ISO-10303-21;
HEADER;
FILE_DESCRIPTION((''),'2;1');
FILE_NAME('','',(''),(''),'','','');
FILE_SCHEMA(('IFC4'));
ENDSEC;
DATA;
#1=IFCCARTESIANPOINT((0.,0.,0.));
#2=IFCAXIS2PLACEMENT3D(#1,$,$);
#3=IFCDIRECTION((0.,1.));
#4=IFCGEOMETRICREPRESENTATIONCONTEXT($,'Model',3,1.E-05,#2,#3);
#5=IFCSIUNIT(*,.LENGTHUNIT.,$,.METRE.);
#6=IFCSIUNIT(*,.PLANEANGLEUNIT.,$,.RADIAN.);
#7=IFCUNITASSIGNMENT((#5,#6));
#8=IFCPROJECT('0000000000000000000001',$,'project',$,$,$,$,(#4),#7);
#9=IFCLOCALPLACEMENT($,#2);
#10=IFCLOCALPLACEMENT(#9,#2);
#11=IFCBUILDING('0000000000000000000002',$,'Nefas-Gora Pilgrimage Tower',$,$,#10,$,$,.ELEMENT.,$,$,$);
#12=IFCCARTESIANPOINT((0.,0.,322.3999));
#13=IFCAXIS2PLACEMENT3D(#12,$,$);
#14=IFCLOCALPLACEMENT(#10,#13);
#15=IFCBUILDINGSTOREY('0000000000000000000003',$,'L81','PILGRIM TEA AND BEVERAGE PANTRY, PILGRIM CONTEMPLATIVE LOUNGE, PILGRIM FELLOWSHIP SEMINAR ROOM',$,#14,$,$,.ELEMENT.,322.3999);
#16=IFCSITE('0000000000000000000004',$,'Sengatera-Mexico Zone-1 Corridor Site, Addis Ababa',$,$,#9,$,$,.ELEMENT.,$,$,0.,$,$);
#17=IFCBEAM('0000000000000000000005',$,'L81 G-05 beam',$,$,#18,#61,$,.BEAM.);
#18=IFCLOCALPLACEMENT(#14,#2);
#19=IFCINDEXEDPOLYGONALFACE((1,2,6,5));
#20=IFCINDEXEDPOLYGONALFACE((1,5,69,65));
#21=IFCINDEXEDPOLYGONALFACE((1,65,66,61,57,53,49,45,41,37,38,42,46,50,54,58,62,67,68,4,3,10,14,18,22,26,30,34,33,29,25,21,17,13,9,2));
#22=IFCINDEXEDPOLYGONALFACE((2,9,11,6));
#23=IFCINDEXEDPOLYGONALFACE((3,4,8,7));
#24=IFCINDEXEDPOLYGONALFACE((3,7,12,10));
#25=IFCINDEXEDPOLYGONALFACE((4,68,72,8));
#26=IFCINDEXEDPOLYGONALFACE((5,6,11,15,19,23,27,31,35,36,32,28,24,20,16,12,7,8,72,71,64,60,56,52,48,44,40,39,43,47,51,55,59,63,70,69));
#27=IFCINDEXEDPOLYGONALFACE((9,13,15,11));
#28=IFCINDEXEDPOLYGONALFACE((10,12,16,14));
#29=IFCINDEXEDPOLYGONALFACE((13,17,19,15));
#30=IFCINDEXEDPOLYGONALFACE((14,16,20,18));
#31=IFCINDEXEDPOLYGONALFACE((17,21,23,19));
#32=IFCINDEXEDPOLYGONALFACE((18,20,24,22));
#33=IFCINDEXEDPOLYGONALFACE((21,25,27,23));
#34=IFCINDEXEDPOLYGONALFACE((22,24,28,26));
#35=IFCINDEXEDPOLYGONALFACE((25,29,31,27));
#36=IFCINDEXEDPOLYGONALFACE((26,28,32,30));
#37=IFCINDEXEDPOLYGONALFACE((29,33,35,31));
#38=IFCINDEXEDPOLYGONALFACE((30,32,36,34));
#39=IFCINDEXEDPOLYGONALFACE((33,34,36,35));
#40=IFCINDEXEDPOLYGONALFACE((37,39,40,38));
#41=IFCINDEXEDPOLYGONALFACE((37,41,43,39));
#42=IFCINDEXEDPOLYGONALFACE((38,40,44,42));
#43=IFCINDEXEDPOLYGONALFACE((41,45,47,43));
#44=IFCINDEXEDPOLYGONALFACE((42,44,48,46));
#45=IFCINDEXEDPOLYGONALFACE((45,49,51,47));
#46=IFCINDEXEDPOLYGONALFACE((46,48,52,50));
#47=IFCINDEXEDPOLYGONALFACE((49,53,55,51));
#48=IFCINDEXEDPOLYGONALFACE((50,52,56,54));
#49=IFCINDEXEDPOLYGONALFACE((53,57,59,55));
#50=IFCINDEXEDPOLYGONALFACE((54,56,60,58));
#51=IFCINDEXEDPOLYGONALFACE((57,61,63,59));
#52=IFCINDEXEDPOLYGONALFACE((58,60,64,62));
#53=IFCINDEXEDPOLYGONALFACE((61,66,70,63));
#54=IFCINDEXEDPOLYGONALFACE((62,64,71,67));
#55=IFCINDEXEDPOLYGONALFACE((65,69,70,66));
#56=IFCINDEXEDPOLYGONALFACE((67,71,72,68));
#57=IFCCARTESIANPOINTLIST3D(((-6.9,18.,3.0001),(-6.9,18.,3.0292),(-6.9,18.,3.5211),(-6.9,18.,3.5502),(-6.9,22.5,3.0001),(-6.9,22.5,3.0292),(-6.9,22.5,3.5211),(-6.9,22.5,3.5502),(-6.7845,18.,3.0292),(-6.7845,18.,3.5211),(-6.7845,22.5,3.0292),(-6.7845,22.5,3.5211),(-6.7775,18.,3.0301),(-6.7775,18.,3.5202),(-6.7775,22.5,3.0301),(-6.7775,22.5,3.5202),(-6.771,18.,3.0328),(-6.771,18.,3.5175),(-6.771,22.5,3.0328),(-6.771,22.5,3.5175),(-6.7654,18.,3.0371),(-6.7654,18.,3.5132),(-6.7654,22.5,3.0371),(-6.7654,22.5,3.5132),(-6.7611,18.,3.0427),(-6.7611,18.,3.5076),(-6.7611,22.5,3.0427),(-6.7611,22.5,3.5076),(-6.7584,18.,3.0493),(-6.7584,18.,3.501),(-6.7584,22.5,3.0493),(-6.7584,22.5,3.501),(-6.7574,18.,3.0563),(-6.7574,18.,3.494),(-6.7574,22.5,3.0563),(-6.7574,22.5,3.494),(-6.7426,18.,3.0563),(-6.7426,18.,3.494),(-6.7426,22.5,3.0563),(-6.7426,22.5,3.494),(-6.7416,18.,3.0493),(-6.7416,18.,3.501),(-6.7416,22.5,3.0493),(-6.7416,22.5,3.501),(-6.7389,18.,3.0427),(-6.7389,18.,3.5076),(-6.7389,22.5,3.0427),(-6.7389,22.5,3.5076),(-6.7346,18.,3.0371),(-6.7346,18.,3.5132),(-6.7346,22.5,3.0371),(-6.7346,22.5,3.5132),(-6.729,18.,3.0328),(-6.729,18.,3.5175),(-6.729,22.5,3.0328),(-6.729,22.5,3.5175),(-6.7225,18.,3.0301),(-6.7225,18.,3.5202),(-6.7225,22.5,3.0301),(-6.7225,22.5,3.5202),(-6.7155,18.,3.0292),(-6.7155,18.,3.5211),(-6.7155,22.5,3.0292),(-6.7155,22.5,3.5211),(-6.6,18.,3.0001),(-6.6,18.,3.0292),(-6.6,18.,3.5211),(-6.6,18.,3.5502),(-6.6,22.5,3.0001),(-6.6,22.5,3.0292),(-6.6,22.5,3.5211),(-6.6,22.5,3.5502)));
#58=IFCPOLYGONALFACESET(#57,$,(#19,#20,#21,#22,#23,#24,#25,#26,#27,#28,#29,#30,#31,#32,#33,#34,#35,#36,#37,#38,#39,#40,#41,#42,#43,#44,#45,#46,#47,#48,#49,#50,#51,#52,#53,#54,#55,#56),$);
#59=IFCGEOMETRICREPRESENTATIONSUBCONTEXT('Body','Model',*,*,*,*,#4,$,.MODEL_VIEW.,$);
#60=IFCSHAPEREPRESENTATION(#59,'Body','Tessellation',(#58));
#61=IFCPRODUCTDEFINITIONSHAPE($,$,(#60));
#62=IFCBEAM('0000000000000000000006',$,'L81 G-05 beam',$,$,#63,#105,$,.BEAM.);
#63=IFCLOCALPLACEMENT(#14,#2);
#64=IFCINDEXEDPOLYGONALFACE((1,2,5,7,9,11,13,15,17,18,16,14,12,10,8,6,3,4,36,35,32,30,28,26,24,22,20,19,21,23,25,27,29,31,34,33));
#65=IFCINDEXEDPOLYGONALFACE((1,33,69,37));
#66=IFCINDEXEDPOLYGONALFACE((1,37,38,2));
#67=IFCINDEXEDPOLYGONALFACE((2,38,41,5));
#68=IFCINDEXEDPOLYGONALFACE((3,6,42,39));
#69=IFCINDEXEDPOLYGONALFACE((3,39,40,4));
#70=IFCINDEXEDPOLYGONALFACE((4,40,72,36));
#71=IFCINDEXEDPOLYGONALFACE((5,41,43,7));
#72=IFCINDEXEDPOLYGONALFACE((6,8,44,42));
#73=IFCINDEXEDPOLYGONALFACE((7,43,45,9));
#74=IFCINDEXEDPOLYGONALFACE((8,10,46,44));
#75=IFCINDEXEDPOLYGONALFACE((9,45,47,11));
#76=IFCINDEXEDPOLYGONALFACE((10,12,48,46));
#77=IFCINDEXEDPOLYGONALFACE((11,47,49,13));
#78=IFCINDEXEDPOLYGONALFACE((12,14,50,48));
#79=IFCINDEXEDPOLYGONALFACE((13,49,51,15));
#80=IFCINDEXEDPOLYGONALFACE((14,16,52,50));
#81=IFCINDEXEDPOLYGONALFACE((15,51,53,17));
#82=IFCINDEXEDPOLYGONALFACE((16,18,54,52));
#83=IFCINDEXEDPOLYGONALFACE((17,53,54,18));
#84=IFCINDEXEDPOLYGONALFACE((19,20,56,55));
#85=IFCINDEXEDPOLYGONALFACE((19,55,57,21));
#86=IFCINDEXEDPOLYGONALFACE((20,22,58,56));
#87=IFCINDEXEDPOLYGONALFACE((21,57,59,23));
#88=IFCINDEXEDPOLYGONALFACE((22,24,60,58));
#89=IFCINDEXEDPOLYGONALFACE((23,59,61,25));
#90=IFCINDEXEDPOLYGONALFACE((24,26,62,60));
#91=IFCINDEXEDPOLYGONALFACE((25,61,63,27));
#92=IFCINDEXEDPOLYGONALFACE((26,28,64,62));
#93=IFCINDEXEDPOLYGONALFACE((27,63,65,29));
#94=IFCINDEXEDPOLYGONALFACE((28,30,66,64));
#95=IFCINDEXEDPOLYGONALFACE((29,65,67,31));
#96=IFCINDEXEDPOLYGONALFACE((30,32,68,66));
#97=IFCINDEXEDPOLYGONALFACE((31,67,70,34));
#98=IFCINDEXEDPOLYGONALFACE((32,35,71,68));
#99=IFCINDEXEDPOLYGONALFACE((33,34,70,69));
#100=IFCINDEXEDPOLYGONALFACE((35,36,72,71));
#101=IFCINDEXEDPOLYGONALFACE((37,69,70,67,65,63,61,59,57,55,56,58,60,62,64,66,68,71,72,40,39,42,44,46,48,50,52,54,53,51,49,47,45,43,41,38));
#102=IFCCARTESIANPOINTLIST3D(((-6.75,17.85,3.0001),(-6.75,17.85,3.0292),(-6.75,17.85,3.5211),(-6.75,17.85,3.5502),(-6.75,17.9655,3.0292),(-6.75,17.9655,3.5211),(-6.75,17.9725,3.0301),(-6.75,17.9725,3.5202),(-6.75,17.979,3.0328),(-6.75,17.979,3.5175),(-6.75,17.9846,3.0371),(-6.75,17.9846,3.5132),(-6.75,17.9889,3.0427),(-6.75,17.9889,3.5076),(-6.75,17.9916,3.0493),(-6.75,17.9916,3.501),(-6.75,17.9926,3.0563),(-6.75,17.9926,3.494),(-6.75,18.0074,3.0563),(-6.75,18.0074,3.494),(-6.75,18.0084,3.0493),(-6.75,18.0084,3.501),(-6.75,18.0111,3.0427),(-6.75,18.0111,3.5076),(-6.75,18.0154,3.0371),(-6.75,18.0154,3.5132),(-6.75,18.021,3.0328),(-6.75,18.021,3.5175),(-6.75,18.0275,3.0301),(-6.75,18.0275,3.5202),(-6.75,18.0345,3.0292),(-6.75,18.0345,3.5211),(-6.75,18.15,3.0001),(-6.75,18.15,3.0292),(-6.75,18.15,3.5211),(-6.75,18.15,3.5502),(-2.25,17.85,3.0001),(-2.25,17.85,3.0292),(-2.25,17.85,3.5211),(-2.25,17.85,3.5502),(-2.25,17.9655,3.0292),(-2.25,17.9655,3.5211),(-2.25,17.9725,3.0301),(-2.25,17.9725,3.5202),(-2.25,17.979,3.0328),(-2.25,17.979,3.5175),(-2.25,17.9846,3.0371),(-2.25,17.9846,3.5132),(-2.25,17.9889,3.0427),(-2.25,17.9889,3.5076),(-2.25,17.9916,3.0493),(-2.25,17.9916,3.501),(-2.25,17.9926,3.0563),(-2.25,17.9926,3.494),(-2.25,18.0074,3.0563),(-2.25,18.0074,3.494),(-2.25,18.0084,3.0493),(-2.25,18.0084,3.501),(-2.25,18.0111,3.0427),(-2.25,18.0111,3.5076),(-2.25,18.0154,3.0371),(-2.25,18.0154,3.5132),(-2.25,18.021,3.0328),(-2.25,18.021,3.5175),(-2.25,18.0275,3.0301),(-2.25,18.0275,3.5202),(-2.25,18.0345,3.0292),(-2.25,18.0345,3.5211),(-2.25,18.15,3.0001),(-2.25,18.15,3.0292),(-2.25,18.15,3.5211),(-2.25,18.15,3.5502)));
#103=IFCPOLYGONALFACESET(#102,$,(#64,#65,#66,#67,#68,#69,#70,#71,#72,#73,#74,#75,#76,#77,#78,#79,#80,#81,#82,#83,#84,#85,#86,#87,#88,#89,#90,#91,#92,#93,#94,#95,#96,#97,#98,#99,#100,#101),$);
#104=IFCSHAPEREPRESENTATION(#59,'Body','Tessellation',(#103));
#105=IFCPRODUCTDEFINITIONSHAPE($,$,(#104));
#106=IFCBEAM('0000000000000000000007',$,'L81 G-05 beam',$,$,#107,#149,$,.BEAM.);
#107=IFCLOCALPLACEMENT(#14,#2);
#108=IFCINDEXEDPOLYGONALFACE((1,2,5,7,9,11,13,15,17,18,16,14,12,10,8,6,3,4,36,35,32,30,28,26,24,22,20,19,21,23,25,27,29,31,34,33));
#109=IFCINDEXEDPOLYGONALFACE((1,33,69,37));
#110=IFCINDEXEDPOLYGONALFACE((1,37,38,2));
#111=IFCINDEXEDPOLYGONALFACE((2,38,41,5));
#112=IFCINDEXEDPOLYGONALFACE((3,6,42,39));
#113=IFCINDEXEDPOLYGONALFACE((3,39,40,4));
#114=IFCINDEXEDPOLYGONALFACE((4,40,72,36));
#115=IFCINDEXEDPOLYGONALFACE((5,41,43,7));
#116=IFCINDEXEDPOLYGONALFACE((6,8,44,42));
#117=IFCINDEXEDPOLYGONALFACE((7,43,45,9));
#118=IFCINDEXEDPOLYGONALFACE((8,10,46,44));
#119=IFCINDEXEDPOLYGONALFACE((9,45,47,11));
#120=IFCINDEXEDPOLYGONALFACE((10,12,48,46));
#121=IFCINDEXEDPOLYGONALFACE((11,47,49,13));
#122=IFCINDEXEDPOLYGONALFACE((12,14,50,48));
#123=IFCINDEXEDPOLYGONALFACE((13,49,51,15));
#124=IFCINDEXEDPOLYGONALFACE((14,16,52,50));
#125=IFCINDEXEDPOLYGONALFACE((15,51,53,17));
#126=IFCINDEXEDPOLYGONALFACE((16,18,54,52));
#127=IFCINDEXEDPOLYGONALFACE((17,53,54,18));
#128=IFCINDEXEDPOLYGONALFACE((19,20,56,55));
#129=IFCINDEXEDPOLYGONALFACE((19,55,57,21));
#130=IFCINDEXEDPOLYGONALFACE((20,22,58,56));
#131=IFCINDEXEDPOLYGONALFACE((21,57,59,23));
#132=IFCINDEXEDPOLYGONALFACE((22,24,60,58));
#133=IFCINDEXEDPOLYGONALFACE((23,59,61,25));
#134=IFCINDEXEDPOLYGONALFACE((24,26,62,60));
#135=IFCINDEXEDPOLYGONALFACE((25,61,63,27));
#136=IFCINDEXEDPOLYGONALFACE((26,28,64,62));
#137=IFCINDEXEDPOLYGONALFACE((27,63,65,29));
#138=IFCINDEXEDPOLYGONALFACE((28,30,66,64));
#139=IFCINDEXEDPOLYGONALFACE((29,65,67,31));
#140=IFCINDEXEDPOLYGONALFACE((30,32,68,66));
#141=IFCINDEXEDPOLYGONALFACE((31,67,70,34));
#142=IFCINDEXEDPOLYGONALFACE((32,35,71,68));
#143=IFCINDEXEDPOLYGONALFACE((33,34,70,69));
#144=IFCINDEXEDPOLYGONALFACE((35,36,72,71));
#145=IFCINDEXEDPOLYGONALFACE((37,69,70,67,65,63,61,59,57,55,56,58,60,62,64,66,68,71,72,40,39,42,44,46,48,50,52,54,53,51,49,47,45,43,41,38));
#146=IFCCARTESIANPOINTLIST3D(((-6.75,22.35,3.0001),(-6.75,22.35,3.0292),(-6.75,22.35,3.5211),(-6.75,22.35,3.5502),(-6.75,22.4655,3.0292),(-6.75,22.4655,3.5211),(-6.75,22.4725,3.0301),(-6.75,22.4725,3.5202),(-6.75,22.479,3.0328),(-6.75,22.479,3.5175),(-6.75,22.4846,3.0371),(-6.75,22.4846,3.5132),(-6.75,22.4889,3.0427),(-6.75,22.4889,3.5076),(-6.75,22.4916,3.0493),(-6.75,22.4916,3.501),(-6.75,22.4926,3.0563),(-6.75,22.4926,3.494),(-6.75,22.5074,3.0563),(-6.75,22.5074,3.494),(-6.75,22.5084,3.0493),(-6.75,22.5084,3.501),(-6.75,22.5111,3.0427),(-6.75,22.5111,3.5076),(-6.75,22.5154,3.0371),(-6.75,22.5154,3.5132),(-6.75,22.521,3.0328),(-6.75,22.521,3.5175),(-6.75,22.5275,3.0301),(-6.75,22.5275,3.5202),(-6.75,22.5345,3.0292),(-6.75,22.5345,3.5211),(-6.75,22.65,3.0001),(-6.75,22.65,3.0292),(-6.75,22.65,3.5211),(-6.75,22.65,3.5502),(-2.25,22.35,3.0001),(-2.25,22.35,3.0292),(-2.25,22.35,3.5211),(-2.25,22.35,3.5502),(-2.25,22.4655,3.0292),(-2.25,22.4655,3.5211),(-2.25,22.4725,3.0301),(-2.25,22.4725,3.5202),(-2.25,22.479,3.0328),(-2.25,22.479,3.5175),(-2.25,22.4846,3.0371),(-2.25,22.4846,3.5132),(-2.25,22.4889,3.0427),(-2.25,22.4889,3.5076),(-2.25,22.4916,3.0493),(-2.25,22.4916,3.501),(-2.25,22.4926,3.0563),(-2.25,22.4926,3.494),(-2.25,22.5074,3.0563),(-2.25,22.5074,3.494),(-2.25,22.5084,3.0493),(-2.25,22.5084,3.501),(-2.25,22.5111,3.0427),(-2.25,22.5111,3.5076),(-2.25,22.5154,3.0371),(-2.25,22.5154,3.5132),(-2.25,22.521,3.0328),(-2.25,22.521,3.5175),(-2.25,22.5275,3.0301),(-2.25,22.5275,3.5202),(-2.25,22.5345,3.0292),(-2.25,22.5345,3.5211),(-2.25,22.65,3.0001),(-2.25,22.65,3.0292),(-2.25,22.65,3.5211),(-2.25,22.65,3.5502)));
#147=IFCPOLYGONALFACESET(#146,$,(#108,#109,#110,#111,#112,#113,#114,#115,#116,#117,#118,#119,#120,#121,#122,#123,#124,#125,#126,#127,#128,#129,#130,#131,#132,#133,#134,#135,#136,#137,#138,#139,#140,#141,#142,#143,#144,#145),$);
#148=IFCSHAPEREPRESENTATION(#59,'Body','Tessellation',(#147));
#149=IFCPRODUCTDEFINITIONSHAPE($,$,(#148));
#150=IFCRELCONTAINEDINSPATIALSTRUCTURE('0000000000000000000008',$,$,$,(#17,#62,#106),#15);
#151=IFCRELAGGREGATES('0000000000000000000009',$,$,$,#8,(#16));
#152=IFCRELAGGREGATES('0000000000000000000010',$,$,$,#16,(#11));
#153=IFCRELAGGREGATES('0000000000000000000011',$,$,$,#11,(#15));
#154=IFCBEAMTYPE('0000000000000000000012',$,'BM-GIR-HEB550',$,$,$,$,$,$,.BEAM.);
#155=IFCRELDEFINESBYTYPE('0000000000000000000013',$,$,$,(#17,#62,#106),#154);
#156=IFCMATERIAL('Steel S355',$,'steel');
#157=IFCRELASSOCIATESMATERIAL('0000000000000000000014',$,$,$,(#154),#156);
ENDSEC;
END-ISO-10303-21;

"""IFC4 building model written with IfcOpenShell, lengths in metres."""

from ifc_helpers import new_model, si_unit, direction, frame, origin, origin_2d, place, context, subcontext, project, spatial, i_section, extrude, source, transform, mapped, material, material_profile, profile_set, type_object, element, save


model = new_model("IFC4")

# Units and contexts
model_context = context("Model", 3, precision=1e-05, world=origin(), true_north=direction((0.0, 1.0)))
body_context = subcontext(model_context, "Body", "Model", "MODEL_VIEW")
ifc_project = project(units=[si_unit("LENGTHUNIT", "METRE"), si_unit("PLANEANGLEUNIT", "RADIAN")], contexts=[model_context])

# Site, building, storey
site_placement = place(None, origin())
site = spatial("IfcSite", under=ifc_project, at=site_placement, Name="Sengatera-Mexico Zone-1 Corridor Site, Addis Ababa", CompositionType="ELEMENT", RefElevation=0.0)
building_placement = place(site_placement, origin())
building = spatial("IfcBuilding", under=site, at=building_placement, Name="Nefas-Gora Pilgrimage Tower", CompositionType="ELEMENT")
storey_placement = place(building_placement, frame((0.0, 0.0, 322.3999)))
storey = spatial("IfcBuildingStorey", under=building, at=storey_placement, Name="L81", Description="PILGRIM TEA AND BEVERAGE PANTRY, PILGRIM CONTEMPLATIVE LOUNGE, PILGRIM FELLOWSHIP SEMINAR ROOM", CompositionType="ELEMENT", Elevation=322.3999)

# Shared definitions
ifc_material_1 = material(Name="Steel S355", Category="steel")

# Beams
ifc_material_profile_1 = material_profile(ifc_material_1, i_section(OverallWidth=0.3, OverallDepth=0.55, WebThickness=0.0149, FlangeThickness=0.0291, FilletRadius=0.0271, at=origin_2d()), Name="HEB 550")
ifc_profile_set_1 = profile_set([ifc_material_profile_1], Name="Steel S355")
beam_type = type_object("IfcBeamType", Name="BM-GIR-HEB550", PredefinedType="BEAM", material=ifc_profile_set_1)
shared_shape_1 = source(origin(), body_context, "Body", "SweptSolid", [
    extrude(i_section(OverallWidth=0.3, OverallDepth=0.55, WebThickness=0.0149, FlangeThickness=0.0291, FilletRadius=0.0271, at=origin_2d()), origin(), (0.0, 0.0, 1.0), 4.5),
])
for number, where, z_axis, x_axis, name in (
    (1, (-6.75, 18.0, 3.2751), (0.0, 1.0, 0.0), (-1.0, 0.0, 0.0), "L81 G-05 beam"),
    (2, (-6.75, 18.0, 3.2751), (1.0, 0.0, 0.0), (0.0, 1.0, 0.0), "L81 G-05 beam"),
    (3, (-6.75, 22.5, 3.2751), (1.0, 0.0, 0.0), (0.0, 1.0, 0.0), "L81 G-05 beam"),
):
    element("IfcBeam", number, at=place(storey_placement, frame(where, z_axis=z_axis, x_axis=x_axis)), inside=storey, type_object=beam_type, Name=name, PredefinedType="BEAM", context=body_context, shape_type="MappedRepresentation", body=[
        mapped(shared_shape_1, transform((0.0, 0.0, 0.0), x_axis=(1.0, 0.0, 0.0), y_axis=(0.0, 1.0, 0.0), z_axis=(0.0, 0.0, 1.0), scale=1.0)),
    ])

save(model, "model.ifc")
